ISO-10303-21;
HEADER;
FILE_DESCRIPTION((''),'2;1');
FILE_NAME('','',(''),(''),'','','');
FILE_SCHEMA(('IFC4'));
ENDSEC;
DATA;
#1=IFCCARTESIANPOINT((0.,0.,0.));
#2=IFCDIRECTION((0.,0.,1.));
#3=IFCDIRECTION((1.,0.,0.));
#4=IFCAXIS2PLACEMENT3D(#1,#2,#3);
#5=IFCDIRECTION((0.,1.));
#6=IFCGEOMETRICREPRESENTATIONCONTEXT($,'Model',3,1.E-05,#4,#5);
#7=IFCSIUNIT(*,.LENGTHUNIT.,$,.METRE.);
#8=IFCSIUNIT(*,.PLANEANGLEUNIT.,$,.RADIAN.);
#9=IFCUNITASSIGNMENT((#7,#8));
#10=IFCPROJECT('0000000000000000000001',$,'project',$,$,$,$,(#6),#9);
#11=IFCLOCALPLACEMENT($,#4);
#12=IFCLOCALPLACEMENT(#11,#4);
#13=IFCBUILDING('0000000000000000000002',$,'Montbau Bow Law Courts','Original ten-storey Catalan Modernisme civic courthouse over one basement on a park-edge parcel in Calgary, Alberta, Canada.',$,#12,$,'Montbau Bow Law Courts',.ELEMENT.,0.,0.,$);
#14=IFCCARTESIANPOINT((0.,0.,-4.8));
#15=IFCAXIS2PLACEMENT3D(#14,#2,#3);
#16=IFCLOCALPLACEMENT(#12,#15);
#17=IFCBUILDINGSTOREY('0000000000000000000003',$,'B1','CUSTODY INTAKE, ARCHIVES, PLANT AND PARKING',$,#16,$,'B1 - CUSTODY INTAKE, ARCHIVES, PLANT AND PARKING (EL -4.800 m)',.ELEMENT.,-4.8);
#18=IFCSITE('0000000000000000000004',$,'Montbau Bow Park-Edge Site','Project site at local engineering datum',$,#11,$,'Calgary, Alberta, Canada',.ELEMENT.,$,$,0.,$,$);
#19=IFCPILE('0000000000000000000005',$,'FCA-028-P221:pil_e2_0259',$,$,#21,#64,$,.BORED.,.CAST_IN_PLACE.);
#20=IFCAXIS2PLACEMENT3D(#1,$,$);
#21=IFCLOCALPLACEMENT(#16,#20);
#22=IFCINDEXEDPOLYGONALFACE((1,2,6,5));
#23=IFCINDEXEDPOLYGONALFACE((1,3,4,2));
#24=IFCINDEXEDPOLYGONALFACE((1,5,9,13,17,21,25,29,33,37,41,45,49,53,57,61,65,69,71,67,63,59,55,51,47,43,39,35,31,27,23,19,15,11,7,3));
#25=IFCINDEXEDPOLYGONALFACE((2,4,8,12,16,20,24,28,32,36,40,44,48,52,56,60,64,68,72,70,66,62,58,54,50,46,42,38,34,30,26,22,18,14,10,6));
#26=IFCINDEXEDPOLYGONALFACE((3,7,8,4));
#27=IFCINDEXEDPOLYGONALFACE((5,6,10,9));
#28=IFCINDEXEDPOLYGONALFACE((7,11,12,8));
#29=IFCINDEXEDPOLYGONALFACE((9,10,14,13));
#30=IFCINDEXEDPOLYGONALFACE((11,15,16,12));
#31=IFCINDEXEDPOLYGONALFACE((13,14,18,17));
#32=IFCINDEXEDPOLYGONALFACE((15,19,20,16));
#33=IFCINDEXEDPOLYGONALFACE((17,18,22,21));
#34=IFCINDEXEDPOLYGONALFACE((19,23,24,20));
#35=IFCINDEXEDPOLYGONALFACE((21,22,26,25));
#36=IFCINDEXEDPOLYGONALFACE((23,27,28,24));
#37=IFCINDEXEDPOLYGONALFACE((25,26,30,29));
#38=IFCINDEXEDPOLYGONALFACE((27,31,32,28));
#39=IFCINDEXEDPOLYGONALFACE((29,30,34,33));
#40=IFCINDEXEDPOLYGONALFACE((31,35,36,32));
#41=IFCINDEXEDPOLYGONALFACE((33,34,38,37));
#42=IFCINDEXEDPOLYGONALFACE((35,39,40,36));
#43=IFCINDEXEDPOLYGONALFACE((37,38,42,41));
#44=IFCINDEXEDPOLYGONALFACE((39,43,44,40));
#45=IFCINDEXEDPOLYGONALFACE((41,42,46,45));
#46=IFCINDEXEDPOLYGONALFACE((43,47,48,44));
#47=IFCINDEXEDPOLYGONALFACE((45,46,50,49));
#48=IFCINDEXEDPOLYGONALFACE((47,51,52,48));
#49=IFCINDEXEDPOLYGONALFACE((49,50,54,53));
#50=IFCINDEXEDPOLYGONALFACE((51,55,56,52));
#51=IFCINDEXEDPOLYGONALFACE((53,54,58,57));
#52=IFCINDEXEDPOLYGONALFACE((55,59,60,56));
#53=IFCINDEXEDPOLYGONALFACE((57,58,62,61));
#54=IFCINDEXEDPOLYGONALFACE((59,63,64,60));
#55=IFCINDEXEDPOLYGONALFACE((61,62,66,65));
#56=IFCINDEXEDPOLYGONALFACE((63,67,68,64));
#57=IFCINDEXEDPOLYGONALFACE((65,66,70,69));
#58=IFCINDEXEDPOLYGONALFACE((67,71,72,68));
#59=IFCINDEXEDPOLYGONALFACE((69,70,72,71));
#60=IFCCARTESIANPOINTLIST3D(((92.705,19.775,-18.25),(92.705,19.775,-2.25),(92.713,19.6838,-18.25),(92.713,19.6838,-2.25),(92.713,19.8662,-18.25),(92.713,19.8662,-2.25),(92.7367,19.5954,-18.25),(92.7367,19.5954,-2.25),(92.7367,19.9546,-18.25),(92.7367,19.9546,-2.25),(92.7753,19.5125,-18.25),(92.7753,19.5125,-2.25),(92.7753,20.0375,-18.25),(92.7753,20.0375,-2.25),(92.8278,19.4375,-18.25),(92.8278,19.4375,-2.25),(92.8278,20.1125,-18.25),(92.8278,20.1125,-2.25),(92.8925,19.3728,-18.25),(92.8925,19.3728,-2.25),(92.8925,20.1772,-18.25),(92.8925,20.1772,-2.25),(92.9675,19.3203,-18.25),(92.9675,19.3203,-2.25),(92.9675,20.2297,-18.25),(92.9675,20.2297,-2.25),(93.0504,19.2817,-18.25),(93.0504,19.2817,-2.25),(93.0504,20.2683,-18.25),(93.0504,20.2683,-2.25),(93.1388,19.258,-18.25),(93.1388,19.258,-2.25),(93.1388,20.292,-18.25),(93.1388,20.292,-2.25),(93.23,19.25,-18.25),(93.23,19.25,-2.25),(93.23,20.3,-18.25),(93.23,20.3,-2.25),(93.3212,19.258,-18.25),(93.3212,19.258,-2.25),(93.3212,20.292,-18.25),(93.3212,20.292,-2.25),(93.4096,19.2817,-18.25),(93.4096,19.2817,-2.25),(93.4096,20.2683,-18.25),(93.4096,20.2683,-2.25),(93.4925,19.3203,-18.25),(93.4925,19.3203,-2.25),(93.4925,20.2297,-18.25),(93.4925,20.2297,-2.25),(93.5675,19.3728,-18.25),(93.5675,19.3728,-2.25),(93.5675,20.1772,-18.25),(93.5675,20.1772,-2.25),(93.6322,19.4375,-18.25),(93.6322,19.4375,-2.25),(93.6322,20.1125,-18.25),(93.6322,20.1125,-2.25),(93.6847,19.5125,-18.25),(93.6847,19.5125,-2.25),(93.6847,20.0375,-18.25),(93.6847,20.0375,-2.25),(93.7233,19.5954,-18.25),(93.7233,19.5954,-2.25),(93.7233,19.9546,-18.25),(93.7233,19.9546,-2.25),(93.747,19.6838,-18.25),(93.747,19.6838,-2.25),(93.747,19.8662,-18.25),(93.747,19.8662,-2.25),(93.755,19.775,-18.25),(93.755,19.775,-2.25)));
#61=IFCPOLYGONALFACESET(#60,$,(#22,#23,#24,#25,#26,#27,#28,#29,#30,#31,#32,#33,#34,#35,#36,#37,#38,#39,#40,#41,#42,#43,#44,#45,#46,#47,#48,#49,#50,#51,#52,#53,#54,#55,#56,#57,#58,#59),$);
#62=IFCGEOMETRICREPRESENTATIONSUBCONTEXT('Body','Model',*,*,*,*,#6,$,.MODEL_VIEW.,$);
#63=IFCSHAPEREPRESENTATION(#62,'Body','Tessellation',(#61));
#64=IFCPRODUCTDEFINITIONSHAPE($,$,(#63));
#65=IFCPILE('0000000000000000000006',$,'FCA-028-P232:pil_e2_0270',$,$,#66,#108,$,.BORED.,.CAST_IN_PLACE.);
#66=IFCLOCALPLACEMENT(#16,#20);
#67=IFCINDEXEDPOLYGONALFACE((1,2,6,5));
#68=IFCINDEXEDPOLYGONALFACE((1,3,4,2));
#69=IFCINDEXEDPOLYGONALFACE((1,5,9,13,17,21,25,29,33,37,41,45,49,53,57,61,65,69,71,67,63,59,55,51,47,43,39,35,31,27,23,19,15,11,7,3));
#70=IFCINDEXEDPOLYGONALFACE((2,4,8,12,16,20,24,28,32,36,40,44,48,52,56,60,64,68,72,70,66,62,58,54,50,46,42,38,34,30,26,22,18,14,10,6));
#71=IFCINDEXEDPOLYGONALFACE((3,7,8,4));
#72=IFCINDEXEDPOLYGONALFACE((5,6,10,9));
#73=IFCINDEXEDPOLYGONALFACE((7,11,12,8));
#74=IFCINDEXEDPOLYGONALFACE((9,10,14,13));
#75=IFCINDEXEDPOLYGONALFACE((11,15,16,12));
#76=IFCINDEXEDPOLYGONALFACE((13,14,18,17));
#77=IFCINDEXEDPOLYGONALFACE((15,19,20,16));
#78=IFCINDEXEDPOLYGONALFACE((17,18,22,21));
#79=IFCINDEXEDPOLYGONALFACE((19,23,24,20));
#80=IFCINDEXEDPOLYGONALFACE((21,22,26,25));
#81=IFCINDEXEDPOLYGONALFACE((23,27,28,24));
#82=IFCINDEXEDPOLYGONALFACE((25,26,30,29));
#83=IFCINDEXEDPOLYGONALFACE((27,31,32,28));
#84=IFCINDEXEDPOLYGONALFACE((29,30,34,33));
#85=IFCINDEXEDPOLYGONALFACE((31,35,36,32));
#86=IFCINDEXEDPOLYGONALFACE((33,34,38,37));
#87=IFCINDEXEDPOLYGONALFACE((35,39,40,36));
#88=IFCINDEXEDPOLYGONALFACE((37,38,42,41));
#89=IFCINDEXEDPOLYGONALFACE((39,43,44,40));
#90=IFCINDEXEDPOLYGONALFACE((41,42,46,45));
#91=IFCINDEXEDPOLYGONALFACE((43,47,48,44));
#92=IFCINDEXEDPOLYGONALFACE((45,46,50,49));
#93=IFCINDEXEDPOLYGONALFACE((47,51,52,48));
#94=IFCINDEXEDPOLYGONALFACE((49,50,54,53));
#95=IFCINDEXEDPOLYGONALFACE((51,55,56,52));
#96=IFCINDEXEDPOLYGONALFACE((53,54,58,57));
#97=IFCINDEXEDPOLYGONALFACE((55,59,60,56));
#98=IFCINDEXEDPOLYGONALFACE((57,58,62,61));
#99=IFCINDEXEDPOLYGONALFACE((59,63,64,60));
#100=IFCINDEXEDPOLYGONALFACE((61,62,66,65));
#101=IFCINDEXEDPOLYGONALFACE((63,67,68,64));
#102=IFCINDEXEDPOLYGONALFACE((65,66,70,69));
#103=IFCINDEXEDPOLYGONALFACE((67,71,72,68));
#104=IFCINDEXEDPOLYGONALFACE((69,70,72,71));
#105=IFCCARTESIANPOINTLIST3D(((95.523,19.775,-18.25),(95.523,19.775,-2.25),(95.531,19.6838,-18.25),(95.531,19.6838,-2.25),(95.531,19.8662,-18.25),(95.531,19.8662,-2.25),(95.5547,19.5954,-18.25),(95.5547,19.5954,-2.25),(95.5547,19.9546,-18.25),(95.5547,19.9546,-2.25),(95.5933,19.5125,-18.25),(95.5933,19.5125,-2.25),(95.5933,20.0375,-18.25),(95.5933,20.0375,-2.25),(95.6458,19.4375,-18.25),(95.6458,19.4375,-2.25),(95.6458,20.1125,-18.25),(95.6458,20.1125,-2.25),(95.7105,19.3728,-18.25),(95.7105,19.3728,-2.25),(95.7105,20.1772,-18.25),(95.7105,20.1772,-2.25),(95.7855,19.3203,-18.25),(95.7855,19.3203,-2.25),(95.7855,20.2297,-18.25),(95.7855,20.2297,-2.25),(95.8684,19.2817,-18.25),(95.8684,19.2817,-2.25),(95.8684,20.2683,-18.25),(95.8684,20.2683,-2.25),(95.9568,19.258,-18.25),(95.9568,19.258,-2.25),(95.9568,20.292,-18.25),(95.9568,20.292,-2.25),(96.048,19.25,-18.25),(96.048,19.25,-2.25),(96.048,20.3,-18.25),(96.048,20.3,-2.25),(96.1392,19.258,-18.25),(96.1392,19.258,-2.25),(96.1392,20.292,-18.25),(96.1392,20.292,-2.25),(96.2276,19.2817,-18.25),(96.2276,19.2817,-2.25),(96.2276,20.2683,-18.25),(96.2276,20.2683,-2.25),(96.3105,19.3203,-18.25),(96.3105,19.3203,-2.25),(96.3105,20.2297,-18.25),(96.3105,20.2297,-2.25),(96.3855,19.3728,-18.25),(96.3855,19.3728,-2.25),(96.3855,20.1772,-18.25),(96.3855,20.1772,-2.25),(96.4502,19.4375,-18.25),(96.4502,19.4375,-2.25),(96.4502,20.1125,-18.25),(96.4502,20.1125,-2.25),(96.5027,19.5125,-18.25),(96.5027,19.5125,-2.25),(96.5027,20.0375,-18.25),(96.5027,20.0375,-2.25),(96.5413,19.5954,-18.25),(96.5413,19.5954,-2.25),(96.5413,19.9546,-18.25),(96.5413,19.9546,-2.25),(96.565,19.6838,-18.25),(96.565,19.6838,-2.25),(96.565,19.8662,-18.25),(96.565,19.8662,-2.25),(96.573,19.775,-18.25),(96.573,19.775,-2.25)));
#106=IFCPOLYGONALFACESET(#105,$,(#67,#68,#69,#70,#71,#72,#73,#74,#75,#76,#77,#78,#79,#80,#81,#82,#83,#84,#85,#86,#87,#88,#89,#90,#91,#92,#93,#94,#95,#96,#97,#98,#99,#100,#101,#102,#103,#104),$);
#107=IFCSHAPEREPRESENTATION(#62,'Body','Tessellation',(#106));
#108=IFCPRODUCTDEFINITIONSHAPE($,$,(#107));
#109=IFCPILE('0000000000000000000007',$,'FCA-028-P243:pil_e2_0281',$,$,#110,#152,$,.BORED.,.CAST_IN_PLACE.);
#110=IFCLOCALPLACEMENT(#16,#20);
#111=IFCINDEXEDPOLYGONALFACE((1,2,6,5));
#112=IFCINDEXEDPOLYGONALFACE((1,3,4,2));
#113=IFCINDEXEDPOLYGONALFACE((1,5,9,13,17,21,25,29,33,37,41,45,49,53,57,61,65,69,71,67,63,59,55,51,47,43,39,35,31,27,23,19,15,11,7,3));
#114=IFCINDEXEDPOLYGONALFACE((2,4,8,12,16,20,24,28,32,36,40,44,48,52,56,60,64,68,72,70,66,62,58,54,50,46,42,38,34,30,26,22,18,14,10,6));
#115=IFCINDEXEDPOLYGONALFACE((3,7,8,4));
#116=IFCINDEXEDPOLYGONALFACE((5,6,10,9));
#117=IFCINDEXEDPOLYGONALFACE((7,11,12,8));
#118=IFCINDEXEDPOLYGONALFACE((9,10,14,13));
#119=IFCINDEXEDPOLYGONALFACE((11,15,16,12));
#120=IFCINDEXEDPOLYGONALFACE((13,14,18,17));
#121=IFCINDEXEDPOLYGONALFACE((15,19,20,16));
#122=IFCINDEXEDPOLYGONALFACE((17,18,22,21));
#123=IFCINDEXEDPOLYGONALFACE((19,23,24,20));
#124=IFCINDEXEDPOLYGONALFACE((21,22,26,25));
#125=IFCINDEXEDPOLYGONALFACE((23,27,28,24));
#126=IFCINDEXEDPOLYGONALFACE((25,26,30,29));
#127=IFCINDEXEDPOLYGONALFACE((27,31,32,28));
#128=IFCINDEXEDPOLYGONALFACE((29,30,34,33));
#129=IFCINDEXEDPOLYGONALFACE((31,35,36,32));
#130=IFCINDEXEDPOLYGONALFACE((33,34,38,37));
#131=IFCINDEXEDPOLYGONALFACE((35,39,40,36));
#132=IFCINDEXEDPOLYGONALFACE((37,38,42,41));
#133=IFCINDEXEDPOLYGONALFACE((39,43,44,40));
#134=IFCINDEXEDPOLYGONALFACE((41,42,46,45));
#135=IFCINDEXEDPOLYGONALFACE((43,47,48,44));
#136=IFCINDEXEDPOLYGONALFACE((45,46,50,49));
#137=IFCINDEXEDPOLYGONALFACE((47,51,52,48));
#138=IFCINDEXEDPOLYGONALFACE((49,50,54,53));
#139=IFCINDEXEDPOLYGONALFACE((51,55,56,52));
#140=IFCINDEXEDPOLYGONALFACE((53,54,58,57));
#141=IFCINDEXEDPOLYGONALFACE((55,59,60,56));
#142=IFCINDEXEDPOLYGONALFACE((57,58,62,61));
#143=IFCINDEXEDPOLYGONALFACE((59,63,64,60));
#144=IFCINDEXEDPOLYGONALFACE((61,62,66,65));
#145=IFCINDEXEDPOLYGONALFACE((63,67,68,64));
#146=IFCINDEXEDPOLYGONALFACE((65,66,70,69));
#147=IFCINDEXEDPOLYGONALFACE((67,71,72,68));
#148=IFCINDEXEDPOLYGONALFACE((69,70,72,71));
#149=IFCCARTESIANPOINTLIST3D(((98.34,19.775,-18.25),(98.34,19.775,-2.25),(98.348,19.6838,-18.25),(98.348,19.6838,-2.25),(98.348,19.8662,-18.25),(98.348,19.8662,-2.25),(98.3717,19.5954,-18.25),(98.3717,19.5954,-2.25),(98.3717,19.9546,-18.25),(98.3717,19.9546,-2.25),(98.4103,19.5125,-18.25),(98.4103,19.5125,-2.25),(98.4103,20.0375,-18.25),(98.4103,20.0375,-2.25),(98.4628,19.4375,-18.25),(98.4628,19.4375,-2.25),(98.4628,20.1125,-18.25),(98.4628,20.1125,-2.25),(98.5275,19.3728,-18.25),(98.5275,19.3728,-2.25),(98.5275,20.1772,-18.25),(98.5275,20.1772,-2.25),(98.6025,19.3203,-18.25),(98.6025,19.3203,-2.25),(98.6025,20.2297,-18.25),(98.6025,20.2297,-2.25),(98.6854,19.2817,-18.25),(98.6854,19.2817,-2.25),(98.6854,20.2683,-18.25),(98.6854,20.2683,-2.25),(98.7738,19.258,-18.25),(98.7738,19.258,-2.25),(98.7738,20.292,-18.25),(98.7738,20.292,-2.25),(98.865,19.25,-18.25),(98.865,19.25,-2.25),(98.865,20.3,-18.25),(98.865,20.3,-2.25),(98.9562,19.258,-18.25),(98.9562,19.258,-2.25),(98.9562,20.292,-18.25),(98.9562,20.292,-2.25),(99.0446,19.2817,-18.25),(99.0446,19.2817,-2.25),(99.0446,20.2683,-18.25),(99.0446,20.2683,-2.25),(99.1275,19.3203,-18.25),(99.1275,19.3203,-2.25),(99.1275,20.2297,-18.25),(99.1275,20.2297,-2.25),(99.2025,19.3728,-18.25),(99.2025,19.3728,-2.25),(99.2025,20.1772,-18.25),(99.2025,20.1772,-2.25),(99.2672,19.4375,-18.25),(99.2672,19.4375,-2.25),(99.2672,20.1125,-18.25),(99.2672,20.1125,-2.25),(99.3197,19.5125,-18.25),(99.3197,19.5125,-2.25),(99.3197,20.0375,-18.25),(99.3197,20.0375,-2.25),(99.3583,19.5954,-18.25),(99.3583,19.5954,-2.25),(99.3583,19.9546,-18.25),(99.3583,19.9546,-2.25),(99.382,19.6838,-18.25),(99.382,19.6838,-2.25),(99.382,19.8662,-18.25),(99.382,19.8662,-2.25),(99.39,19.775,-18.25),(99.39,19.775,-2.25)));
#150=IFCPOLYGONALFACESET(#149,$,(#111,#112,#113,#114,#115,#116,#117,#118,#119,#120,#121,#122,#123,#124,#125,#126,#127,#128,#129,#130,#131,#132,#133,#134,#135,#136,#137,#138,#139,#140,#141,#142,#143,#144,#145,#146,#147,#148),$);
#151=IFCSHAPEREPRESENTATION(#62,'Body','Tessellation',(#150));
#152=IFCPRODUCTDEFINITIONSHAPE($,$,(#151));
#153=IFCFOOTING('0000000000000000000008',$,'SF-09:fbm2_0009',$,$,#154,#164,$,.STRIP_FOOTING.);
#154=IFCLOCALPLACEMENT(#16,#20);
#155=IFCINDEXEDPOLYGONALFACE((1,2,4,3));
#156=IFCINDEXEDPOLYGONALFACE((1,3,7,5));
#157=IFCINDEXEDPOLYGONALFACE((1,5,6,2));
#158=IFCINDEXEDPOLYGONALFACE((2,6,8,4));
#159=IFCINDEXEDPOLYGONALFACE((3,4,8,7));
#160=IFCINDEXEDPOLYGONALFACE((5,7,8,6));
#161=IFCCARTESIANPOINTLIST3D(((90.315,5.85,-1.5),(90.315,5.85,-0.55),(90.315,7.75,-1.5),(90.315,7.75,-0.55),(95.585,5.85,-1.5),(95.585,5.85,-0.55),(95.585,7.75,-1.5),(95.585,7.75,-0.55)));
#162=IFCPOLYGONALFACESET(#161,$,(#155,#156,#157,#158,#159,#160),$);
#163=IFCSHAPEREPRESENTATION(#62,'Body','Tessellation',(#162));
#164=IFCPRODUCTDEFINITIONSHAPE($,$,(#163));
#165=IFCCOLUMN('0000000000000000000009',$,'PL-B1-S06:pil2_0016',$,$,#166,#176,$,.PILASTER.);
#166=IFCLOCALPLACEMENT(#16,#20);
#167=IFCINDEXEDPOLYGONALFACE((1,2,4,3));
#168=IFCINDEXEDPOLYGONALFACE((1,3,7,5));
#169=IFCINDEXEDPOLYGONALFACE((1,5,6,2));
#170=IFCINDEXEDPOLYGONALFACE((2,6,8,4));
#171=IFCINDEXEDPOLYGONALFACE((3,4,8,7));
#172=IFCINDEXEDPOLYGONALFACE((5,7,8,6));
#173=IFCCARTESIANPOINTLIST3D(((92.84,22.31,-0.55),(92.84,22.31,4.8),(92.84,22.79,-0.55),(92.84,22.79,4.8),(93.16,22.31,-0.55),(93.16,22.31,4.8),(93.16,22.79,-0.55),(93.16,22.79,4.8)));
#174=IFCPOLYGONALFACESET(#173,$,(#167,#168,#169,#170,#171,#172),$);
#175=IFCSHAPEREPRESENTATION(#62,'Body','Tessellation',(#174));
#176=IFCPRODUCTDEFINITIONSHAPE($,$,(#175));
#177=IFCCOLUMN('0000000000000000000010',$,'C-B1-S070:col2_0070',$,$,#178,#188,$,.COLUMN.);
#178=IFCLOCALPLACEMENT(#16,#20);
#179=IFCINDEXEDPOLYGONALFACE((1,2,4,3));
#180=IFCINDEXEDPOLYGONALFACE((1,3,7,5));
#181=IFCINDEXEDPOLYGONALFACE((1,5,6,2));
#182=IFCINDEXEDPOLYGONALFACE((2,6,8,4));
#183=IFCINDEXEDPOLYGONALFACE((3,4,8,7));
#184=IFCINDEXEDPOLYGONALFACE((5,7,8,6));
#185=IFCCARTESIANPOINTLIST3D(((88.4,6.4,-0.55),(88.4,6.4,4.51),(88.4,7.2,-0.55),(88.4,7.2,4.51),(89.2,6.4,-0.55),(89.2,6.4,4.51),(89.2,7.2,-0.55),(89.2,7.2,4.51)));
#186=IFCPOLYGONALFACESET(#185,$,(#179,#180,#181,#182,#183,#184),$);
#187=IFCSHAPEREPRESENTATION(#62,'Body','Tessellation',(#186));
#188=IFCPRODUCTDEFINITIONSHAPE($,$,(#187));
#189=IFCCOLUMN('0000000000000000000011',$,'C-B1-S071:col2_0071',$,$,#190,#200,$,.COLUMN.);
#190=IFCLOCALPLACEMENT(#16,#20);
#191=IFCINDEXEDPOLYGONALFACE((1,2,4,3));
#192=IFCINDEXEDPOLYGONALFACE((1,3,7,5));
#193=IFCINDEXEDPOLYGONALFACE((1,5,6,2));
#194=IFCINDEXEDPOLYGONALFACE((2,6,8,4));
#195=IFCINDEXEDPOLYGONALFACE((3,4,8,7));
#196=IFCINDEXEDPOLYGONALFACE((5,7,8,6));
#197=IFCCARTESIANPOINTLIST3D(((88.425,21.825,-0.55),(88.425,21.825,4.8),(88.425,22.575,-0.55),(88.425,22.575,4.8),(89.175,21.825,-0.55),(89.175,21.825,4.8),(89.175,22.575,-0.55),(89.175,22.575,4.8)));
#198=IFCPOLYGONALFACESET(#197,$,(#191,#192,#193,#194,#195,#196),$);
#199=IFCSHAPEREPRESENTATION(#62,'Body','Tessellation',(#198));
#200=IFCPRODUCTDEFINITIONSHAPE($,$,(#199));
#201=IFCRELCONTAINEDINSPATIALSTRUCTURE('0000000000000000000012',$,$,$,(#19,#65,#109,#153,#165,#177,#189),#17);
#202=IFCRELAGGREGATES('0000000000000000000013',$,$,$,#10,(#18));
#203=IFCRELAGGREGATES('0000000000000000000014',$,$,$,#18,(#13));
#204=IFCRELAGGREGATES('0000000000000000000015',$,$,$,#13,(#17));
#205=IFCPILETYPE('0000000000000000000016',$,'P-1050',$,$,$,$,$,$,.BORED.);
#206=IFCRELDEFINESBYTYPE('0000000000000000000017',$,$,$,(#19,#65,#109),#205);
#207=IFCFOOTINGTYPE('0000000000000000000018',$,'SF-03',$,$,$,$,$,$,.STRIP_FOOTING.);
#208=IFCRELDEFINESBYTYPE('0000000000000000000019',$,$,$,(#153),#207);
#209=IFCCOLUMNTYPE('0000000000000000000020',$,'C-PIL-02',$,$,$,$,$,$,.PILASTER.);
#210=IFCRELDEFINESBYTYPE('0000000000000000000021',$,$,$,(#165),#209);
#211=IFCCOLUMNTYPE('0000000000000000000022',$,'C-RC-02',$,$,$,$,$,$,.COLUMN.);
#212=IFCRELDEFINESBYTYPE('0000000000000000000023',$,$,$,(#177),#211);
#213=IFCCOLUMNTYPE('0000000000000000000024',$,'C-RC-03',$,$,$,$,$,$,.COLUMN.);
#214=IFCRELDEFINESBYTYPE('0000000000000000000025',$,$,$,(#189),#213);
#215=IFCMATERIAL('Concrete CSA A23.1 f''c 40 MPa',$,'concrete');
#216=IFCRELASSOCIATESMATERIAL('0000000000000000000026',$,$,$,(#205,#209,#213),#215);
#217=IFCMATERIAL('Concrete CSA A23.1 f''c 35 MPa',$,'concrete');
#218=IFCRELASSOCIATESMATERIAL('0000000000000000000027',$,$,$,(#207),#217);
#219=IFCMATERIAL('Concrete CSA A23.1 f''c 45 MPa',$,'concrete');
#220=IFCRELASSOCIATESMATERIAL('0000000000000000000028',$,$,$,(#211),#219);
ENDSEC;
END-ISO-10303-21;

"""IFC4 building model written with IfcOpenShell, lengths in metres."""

from ifc_helpers import new_model, si_unit, direction, frame, origin_with_axes, origin_2d_with_axis, place, context, subcontext, project, spatial, rectangle, circle, extrude, material, material_profile, profile_set, type_object, element, save


model = new_model("IFC4")

# Units and contexts
model_context = context("Model", 3, precision=1e-05, world=origin_with_axes(), true_north=direction((0.0, 1.0)))
body_context = subcontext(model_context, "Body", "Model", "MODEL_VIEW")
ifc_project = project(units=[si_unit("LENGTHUNIT", "METRE"), si_unit("PLANEANGLEUNIT", "RADIAN")], contexts=[model_context])

# Site, building, storey
site_placement = place(None, origin_with_axes())
site = spatial("IfcSite", under=ifc_project, at=site_placement, Name="Montbau Bow Park-Edge Site", Description="Project site at local engineering datum", LongName="Calgary, Alberta, Canada", CompositionType="ELEMENT", RefElevation=0.0)
building_placement = place(site_placement, origin_with_axes())
building = spatial("IfcBuilding", under=site, at=building_placement, Name="Montbau Bow Law Courts", Description="Original ten-storey Catalan Modernisme civic courthouse over one basement on a park-edge parcel in Calgary, Alberta, Canada.", LongName="Montbau Bow Law Courts", CompositionType="ELEMENT", ElevationOfRefHeight=0.0, ElevationOfTerrain=0.0)
storey_placement = place(building_placement, frame((0.0, 0.0, -4.8), z_axis=(0.0, 0.0, 1.0), x_axis=(1.0, 0.0, 0.0)))
storey = spatial("IfcBuildingStorey", under=building, at=storey_placement, Name="B1", Description="CUSTODY INTAKE, ARCHIVES, PLANT AND PARKING", LongName="B1 - CUSTODY INTAKE, ARCHIVES, PLANT AND PARKING (EL -4.800 m)", CompositionType="ELEMENT", Elevation=-4.8)

# Shared definitions
ifc_material_1 = material(Name="Concrete CSA A23.1 f'c 35 MPa", Category="concrete")

# Piles
ifc_material_2 = material(Name="Concrete CSA A23.1 f'c 40 MPa", Category="concrete")
ifc_material_profile_1 = material_profile(ifc_material_2, circle(Radius=0.525, at=origin_2d_with_axis()), Name="BP1050", Category="Main", Priority=0)
ifc_profile_set_1 = profile_set([ifc_material_profile_1], Name="Concrete CSA A23.1 f'c 40 MPa")
pile_type_1 = type_object("IfcPileType", Name="P-1050", PredefinedType="BORED", material=ifc_profile_set_1)
for number, where, z_axis, x_axis, name in (
    (1, (93.23, 19.775, -23.05), (0.0, 0.0, 1.0), (1.0, 0.0, 0.0), "FCA-028-P221:pil_e2_0259"),
    (2, (96.048, 19.775, -23.05), (0.0, 0.0, 1.0), (1.0, 0.0, 0.0), "FCA-028-P232:pil_e2_0270"),
    (3, (98.865, 19.775, -23.05), (0.0, 0.0, 1.0), (1.0, 0.0, 0.0), "FCA-028-P243:pil_e2_0281"),
):
    element("IfcPile", number, at=place(None, frame(where, z_axis=z_axis, x_axis=x_axis)), inside=storey, type_object=pile_type_1, Name=name, ConstructionType="CAST_IN_PLACE", PredefinedType="BORED", context=body_context, shape_type="SweptSolid", body=[
        extrude(circle(Radius=0.525, at=origin_2d_with_axis()), origin_with_axes(), (0.0, 0.0, 1.0), 16.0),
    ])

# Footing
footing_type_1 = type_object("IfcFootingType", Name="SF-03", PredefinedType="STRIP_FOOTING", material=ifc_material_1)
footing_1_placement = place(None, frame((92.95, 6.8, -6.3), z_axis=(0.0, 0.0, 1.0), x_axis=(1.0, 0.0, 0.0)))
element("IfcFooting", 4, at=footing_1_placement, inside=storey, type_object=footing_type_1, Name="SF-09:fbm2_0009", PredefinedType="STRIP_FOOTING", context=body_context, shape_type="SweptSolid", body=[
    extrude(rectangle(XDim=5.27, YDim=1.9, at=origin_2d_with_axis()), origin_with_axes(), (0.0, 0.0, 1.0), 0.95),
])

# Columns
ifc_material_profile_2 = material_profile(ifc_material_2, rectangle(XDim=0.32, YDim=0.48, at=origin_2d_with_axis()), Name="RC480X320", Category="Main", Priority=0)
ifc_profile_set_2 = profile_set([ifc_material_profile_2], Name="Concrete CSA A23.1 f'c 40 MPa")
column_type_1 = type_object("IfcColumnType", Name="C-PIL-02", PredefinedType="PILASTER", material=ifc_profile_set_2)
column_1_placement = place(None, frame((93.0, 22.55, -5.35), z_axis=(0.0, 0.0, 1.0), x_axis=(1.0, 0.0, 0.0)))
element("IfcColumn", 5, at=column_1_placement, inside=storey, type_object=column_type_1, Name="PL-B1-S06:pil2_0016", PredefinedType="PILASTER", context=body_context, shape_type="SweptSolid", body=[
    extrude(rectangle(XDim=0.32, YDim=0.48, at=origin_2d_with_axis()), origin_with_axes(), (0.0, 0.0, 1.0), 5.35),
])
ifc_material_3 = material(Name="Concrete CSA A23.1 f'c 45 MPa", Category="concrete")
ifc_material_profile_3 = material_profile(ifc_material_3, rectangle(XDim=0.8, YDim=0.8, at=origin_2d_with_axis()), Name="RC800X800", Category="Main", Priority=0)
ifc_profile_set_3 = profile_set([ifc_material_profile_3], Name="Concrete CSA A23.1 f'c 45 MPa")
column_type_2 = type_object("IfcColumnType", Name="C-RC-02", PredefinedType="COLUMN", material=ifc_profile_set_3)
column_2_placement = place(None, frame((88.8, 6.8, -5.35), z_axis=(0.0, 0.0, 1.0), x_axis=(1.0, 0.0, 0.0)))
element("IfcColumn", 6, at=column_2_placement, inside=storey, type_object=column_type_2, Name="C-B1-S070:col2_0070", PredefinedType="COLUMN", context=body_context, shape_type="SweptSolid", body=[
    extrude(rectangle(XDim=0.8, YDim=0.8, at=origin_2d_with_axis()), origin_with_axes(), (0.0, 0.0, 1.0), 5.06),
])
ifc_material_profile_4 = material_profile(ifc_material_2, rectangle(XDim=0.75, YDim=0.75, at=origin_2d_with_axis()), Name="RC750X750", Category="Main", Priority=0)
ifc_profile_set_4 = profile_set([ifc_material_profile_4], Name="Concrete CSA A23.1 f'c 40 MPa")
column_type_3 = type_object("IfcColumnType", Name="C-RC-03", PredefinedType="COLUMN", material=ifc_profile_set_4)
column_3_placement = place(None, frame((88.8, 22.2, -5.35), z_axis=(0.0, 0.0, 1.0), x_axis=(1.0, 0.0, 0.0)))
element("IfcColumn", 7, at=column_3_placement, inside=storey, type_object=column_type_3, Name="C-B1-S071:col2_0071", PredefinedType="COLUMN", context=body_context, shape_type="SweptSolid", body=[
    extrude(rectangle(XDim=0.75, YDim=0.75, at=origin_2d_with_axis()), origin_with_axes(), (0.0, 0.0, 1.0), 5.35),
])

save(model, "model.ifc")
